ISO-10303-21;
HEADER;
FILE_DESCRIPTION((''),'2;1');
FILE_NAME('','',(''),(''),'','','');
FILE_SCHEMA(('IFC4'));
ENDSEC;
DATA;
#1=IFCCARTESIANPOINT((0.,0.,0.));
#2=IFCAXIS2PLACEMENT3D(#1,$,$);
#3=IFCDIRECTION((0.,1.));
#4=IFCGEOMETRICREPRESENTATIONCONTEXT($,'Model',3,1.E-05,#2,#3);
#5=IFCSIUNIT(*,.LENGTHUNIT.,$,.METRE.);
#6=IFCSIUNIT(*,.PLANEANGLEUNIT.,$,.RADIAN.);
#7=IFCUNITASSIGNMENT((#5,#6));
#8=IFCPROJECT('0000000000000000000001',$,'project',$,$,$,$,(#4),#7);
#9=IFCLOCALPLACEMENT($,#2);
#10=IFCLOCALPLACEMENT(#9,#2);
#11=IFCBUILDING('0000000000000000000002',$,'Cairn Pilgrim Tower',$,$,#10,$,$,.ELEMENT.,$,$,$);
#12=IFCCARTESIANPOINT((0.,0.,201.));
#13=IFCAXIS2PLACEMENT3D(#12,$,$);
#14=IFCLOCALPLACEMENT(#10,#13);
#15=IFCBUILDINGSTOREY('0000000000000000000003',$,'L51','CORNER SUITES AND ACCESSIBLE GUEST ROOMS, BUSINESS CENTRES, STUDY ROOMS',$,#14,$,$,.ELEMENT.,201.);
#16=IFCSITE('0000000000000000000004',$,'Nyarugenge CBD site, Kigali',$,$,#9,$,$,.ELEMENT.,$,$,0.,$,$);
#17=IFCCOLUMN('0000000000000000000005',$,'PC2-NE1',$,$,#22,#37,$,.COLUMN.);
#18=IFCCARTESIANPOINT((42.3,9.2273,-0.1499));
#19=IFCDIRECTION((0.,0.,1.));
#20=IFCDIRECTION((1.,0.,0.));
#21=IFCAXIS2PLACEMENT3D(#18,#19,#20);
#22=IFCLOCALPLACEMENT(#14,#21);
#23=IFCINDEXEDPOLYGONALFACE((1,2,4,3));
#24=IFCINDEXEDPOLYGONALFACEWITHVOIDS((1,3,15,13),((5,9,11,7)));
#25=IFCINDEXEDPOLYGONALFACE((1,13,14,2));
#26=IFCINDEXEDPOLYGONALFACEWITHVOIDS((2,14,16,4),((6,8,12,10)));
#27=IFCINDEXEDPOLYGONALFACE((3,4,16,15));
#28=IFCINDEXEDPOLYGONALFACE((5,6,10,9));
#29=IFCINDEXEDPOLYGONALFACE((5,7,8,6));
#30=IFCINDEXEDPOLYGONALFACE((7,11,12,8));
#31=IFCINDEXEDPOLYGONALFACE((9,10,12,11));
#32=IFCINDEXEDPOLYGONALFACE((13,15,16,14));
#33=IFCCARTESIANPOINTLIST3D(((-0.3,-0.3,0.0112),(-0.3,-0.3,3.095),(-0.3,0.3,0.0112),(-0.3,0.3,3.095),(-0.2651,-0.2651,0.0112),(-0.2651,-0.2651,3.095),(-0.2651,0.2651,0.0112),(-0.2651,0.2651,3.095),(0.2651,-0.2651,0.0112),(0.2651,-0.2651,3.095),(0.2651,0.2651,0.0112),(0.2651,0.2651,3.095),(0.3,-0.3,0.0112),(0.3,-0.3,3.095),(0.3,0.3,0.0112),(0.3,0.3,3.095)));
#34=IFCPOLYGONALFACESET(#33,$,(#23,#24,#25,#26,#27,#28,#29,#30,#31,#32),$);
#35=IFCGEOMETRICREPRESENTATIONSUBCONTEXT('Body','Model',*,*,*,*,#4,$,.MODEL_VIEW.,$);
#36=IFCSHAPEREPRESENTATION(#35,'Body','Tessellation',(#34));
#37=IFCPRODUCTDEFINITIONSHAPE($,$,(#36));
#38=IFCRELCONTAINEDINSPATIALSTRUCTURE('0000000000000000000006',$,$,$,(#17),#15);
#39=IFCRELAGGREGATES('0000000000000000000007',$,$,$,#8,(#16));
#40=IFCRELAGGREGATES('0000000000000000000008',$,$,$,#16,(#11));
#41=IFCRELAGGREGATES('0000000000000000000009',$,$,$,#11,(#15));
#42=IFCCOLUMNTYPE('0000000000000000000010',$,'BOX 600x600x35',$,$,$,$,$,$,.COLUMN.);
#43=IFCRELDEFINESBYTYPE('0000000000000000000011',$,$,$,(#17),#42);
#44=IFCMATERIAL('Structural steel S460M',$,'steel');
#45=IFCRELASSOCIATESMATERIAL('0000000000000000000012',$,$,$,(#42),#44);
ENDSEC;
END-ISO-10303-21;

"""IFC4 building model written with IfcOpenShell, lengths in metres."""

from ifc_helpers import new_model, si_unit, direction, frame, origin, origin_2d, place, context, subcontext, project, spatial, hollow_rectangle, extrude, clip, halfspace, material, material_profile, profile_set, type_object, element, save


model = new_model("IFC4")

# Units and contexts
model_context = context("Model", 3, precision=1e-05, world=origin(), true_north=direction((0.0, 1.0)))
body_context = subcontext(model_context, "Body", "Model", "MODEL_VIEW")
ifc_project = project(units=[si_unit("LENGTHUNIT", "METRE"), si_unit("PLANEANGLEUNIT", "RADIAN")], contexts=[model_context])

# Site, building, storey
site_placement = place(None, origin())
site = spatial("IfcSite", under=ifc_project, at=site_placement, Name="Nyarugenge CBD site, Kigali", CompositionType="ELEMENT", RefElevation=0.0)
building_placement = place(site_placement, origin())
building = spatial("IfcBuilding", under=site, at=building_placement, Name="Cairn Pilgrim Tower", CompositionType="ELEMENT")
storey_placement = place(building_placement, frame((0.0, 0.0, 201.0)))
storey = spatial("IfcBuildingStorey", under=building, at=storey_placement, Name="L51", Description="CORNER SUITES AND ACCESSIBLE GUEST ROOMS, BUSINESS CENTRES, STUDY ROOMS", CompositionType="ELEMENT", Elevation=201.0)

# Column
ifc_material_1 = material(Name="Structural steel S460M", Category="steel")
ifc_material_profile_1 = material_profile(ifc_material_1, hollow_rectangle(XDim=0.6001, YDim=0.6001, WallThickness=0.0349, at=origin_2d()), Name="BOX 600x600x35")
ifc_profile_set_1 = profile_set([ifc_material_profile_1], Name="Structural steel S460M")
column_type_1 = type_object("IfcColumnType", Name="BOX 600x600x35", PredefinedType="COLUMN", material=ifc_profile_set_1)
column_1_placement = place(storey_placement, frame((42.3, 9.2273, -0.1499), z_axis=(0.0, 0.0, 1.0), x_axis=(1.0, 0.0, 0.0)))
element("IfcColumn", 1, at=column_1_placement, inside=storey, type_object=column_type_1, Name="PC2-NE1", PredefinedType="COLUMN", context=body_context, shape_type="Clipping", body=[
    clip(clip(extrude(hollow_rectangle(XDim=0.6001, YDim=0.6001, WallThickness=0.0349, at=origin_2d()), origin(), (0.0, 0.0, 1.0), 3.5), halfspace(frame((0.0, 0.0, 0.0112), z_axis=(0.0, 0.0, 1.0), x_axis=(1.0, 0.0, 0.0)), True)), halfspace(frame((0.0, 0.0, 3.095), z_axis=(0.0, 0.0, 1.0), x_axis=(1.0, 0.0, 0.0)), False)),
])

save(model, "model.ifc")
